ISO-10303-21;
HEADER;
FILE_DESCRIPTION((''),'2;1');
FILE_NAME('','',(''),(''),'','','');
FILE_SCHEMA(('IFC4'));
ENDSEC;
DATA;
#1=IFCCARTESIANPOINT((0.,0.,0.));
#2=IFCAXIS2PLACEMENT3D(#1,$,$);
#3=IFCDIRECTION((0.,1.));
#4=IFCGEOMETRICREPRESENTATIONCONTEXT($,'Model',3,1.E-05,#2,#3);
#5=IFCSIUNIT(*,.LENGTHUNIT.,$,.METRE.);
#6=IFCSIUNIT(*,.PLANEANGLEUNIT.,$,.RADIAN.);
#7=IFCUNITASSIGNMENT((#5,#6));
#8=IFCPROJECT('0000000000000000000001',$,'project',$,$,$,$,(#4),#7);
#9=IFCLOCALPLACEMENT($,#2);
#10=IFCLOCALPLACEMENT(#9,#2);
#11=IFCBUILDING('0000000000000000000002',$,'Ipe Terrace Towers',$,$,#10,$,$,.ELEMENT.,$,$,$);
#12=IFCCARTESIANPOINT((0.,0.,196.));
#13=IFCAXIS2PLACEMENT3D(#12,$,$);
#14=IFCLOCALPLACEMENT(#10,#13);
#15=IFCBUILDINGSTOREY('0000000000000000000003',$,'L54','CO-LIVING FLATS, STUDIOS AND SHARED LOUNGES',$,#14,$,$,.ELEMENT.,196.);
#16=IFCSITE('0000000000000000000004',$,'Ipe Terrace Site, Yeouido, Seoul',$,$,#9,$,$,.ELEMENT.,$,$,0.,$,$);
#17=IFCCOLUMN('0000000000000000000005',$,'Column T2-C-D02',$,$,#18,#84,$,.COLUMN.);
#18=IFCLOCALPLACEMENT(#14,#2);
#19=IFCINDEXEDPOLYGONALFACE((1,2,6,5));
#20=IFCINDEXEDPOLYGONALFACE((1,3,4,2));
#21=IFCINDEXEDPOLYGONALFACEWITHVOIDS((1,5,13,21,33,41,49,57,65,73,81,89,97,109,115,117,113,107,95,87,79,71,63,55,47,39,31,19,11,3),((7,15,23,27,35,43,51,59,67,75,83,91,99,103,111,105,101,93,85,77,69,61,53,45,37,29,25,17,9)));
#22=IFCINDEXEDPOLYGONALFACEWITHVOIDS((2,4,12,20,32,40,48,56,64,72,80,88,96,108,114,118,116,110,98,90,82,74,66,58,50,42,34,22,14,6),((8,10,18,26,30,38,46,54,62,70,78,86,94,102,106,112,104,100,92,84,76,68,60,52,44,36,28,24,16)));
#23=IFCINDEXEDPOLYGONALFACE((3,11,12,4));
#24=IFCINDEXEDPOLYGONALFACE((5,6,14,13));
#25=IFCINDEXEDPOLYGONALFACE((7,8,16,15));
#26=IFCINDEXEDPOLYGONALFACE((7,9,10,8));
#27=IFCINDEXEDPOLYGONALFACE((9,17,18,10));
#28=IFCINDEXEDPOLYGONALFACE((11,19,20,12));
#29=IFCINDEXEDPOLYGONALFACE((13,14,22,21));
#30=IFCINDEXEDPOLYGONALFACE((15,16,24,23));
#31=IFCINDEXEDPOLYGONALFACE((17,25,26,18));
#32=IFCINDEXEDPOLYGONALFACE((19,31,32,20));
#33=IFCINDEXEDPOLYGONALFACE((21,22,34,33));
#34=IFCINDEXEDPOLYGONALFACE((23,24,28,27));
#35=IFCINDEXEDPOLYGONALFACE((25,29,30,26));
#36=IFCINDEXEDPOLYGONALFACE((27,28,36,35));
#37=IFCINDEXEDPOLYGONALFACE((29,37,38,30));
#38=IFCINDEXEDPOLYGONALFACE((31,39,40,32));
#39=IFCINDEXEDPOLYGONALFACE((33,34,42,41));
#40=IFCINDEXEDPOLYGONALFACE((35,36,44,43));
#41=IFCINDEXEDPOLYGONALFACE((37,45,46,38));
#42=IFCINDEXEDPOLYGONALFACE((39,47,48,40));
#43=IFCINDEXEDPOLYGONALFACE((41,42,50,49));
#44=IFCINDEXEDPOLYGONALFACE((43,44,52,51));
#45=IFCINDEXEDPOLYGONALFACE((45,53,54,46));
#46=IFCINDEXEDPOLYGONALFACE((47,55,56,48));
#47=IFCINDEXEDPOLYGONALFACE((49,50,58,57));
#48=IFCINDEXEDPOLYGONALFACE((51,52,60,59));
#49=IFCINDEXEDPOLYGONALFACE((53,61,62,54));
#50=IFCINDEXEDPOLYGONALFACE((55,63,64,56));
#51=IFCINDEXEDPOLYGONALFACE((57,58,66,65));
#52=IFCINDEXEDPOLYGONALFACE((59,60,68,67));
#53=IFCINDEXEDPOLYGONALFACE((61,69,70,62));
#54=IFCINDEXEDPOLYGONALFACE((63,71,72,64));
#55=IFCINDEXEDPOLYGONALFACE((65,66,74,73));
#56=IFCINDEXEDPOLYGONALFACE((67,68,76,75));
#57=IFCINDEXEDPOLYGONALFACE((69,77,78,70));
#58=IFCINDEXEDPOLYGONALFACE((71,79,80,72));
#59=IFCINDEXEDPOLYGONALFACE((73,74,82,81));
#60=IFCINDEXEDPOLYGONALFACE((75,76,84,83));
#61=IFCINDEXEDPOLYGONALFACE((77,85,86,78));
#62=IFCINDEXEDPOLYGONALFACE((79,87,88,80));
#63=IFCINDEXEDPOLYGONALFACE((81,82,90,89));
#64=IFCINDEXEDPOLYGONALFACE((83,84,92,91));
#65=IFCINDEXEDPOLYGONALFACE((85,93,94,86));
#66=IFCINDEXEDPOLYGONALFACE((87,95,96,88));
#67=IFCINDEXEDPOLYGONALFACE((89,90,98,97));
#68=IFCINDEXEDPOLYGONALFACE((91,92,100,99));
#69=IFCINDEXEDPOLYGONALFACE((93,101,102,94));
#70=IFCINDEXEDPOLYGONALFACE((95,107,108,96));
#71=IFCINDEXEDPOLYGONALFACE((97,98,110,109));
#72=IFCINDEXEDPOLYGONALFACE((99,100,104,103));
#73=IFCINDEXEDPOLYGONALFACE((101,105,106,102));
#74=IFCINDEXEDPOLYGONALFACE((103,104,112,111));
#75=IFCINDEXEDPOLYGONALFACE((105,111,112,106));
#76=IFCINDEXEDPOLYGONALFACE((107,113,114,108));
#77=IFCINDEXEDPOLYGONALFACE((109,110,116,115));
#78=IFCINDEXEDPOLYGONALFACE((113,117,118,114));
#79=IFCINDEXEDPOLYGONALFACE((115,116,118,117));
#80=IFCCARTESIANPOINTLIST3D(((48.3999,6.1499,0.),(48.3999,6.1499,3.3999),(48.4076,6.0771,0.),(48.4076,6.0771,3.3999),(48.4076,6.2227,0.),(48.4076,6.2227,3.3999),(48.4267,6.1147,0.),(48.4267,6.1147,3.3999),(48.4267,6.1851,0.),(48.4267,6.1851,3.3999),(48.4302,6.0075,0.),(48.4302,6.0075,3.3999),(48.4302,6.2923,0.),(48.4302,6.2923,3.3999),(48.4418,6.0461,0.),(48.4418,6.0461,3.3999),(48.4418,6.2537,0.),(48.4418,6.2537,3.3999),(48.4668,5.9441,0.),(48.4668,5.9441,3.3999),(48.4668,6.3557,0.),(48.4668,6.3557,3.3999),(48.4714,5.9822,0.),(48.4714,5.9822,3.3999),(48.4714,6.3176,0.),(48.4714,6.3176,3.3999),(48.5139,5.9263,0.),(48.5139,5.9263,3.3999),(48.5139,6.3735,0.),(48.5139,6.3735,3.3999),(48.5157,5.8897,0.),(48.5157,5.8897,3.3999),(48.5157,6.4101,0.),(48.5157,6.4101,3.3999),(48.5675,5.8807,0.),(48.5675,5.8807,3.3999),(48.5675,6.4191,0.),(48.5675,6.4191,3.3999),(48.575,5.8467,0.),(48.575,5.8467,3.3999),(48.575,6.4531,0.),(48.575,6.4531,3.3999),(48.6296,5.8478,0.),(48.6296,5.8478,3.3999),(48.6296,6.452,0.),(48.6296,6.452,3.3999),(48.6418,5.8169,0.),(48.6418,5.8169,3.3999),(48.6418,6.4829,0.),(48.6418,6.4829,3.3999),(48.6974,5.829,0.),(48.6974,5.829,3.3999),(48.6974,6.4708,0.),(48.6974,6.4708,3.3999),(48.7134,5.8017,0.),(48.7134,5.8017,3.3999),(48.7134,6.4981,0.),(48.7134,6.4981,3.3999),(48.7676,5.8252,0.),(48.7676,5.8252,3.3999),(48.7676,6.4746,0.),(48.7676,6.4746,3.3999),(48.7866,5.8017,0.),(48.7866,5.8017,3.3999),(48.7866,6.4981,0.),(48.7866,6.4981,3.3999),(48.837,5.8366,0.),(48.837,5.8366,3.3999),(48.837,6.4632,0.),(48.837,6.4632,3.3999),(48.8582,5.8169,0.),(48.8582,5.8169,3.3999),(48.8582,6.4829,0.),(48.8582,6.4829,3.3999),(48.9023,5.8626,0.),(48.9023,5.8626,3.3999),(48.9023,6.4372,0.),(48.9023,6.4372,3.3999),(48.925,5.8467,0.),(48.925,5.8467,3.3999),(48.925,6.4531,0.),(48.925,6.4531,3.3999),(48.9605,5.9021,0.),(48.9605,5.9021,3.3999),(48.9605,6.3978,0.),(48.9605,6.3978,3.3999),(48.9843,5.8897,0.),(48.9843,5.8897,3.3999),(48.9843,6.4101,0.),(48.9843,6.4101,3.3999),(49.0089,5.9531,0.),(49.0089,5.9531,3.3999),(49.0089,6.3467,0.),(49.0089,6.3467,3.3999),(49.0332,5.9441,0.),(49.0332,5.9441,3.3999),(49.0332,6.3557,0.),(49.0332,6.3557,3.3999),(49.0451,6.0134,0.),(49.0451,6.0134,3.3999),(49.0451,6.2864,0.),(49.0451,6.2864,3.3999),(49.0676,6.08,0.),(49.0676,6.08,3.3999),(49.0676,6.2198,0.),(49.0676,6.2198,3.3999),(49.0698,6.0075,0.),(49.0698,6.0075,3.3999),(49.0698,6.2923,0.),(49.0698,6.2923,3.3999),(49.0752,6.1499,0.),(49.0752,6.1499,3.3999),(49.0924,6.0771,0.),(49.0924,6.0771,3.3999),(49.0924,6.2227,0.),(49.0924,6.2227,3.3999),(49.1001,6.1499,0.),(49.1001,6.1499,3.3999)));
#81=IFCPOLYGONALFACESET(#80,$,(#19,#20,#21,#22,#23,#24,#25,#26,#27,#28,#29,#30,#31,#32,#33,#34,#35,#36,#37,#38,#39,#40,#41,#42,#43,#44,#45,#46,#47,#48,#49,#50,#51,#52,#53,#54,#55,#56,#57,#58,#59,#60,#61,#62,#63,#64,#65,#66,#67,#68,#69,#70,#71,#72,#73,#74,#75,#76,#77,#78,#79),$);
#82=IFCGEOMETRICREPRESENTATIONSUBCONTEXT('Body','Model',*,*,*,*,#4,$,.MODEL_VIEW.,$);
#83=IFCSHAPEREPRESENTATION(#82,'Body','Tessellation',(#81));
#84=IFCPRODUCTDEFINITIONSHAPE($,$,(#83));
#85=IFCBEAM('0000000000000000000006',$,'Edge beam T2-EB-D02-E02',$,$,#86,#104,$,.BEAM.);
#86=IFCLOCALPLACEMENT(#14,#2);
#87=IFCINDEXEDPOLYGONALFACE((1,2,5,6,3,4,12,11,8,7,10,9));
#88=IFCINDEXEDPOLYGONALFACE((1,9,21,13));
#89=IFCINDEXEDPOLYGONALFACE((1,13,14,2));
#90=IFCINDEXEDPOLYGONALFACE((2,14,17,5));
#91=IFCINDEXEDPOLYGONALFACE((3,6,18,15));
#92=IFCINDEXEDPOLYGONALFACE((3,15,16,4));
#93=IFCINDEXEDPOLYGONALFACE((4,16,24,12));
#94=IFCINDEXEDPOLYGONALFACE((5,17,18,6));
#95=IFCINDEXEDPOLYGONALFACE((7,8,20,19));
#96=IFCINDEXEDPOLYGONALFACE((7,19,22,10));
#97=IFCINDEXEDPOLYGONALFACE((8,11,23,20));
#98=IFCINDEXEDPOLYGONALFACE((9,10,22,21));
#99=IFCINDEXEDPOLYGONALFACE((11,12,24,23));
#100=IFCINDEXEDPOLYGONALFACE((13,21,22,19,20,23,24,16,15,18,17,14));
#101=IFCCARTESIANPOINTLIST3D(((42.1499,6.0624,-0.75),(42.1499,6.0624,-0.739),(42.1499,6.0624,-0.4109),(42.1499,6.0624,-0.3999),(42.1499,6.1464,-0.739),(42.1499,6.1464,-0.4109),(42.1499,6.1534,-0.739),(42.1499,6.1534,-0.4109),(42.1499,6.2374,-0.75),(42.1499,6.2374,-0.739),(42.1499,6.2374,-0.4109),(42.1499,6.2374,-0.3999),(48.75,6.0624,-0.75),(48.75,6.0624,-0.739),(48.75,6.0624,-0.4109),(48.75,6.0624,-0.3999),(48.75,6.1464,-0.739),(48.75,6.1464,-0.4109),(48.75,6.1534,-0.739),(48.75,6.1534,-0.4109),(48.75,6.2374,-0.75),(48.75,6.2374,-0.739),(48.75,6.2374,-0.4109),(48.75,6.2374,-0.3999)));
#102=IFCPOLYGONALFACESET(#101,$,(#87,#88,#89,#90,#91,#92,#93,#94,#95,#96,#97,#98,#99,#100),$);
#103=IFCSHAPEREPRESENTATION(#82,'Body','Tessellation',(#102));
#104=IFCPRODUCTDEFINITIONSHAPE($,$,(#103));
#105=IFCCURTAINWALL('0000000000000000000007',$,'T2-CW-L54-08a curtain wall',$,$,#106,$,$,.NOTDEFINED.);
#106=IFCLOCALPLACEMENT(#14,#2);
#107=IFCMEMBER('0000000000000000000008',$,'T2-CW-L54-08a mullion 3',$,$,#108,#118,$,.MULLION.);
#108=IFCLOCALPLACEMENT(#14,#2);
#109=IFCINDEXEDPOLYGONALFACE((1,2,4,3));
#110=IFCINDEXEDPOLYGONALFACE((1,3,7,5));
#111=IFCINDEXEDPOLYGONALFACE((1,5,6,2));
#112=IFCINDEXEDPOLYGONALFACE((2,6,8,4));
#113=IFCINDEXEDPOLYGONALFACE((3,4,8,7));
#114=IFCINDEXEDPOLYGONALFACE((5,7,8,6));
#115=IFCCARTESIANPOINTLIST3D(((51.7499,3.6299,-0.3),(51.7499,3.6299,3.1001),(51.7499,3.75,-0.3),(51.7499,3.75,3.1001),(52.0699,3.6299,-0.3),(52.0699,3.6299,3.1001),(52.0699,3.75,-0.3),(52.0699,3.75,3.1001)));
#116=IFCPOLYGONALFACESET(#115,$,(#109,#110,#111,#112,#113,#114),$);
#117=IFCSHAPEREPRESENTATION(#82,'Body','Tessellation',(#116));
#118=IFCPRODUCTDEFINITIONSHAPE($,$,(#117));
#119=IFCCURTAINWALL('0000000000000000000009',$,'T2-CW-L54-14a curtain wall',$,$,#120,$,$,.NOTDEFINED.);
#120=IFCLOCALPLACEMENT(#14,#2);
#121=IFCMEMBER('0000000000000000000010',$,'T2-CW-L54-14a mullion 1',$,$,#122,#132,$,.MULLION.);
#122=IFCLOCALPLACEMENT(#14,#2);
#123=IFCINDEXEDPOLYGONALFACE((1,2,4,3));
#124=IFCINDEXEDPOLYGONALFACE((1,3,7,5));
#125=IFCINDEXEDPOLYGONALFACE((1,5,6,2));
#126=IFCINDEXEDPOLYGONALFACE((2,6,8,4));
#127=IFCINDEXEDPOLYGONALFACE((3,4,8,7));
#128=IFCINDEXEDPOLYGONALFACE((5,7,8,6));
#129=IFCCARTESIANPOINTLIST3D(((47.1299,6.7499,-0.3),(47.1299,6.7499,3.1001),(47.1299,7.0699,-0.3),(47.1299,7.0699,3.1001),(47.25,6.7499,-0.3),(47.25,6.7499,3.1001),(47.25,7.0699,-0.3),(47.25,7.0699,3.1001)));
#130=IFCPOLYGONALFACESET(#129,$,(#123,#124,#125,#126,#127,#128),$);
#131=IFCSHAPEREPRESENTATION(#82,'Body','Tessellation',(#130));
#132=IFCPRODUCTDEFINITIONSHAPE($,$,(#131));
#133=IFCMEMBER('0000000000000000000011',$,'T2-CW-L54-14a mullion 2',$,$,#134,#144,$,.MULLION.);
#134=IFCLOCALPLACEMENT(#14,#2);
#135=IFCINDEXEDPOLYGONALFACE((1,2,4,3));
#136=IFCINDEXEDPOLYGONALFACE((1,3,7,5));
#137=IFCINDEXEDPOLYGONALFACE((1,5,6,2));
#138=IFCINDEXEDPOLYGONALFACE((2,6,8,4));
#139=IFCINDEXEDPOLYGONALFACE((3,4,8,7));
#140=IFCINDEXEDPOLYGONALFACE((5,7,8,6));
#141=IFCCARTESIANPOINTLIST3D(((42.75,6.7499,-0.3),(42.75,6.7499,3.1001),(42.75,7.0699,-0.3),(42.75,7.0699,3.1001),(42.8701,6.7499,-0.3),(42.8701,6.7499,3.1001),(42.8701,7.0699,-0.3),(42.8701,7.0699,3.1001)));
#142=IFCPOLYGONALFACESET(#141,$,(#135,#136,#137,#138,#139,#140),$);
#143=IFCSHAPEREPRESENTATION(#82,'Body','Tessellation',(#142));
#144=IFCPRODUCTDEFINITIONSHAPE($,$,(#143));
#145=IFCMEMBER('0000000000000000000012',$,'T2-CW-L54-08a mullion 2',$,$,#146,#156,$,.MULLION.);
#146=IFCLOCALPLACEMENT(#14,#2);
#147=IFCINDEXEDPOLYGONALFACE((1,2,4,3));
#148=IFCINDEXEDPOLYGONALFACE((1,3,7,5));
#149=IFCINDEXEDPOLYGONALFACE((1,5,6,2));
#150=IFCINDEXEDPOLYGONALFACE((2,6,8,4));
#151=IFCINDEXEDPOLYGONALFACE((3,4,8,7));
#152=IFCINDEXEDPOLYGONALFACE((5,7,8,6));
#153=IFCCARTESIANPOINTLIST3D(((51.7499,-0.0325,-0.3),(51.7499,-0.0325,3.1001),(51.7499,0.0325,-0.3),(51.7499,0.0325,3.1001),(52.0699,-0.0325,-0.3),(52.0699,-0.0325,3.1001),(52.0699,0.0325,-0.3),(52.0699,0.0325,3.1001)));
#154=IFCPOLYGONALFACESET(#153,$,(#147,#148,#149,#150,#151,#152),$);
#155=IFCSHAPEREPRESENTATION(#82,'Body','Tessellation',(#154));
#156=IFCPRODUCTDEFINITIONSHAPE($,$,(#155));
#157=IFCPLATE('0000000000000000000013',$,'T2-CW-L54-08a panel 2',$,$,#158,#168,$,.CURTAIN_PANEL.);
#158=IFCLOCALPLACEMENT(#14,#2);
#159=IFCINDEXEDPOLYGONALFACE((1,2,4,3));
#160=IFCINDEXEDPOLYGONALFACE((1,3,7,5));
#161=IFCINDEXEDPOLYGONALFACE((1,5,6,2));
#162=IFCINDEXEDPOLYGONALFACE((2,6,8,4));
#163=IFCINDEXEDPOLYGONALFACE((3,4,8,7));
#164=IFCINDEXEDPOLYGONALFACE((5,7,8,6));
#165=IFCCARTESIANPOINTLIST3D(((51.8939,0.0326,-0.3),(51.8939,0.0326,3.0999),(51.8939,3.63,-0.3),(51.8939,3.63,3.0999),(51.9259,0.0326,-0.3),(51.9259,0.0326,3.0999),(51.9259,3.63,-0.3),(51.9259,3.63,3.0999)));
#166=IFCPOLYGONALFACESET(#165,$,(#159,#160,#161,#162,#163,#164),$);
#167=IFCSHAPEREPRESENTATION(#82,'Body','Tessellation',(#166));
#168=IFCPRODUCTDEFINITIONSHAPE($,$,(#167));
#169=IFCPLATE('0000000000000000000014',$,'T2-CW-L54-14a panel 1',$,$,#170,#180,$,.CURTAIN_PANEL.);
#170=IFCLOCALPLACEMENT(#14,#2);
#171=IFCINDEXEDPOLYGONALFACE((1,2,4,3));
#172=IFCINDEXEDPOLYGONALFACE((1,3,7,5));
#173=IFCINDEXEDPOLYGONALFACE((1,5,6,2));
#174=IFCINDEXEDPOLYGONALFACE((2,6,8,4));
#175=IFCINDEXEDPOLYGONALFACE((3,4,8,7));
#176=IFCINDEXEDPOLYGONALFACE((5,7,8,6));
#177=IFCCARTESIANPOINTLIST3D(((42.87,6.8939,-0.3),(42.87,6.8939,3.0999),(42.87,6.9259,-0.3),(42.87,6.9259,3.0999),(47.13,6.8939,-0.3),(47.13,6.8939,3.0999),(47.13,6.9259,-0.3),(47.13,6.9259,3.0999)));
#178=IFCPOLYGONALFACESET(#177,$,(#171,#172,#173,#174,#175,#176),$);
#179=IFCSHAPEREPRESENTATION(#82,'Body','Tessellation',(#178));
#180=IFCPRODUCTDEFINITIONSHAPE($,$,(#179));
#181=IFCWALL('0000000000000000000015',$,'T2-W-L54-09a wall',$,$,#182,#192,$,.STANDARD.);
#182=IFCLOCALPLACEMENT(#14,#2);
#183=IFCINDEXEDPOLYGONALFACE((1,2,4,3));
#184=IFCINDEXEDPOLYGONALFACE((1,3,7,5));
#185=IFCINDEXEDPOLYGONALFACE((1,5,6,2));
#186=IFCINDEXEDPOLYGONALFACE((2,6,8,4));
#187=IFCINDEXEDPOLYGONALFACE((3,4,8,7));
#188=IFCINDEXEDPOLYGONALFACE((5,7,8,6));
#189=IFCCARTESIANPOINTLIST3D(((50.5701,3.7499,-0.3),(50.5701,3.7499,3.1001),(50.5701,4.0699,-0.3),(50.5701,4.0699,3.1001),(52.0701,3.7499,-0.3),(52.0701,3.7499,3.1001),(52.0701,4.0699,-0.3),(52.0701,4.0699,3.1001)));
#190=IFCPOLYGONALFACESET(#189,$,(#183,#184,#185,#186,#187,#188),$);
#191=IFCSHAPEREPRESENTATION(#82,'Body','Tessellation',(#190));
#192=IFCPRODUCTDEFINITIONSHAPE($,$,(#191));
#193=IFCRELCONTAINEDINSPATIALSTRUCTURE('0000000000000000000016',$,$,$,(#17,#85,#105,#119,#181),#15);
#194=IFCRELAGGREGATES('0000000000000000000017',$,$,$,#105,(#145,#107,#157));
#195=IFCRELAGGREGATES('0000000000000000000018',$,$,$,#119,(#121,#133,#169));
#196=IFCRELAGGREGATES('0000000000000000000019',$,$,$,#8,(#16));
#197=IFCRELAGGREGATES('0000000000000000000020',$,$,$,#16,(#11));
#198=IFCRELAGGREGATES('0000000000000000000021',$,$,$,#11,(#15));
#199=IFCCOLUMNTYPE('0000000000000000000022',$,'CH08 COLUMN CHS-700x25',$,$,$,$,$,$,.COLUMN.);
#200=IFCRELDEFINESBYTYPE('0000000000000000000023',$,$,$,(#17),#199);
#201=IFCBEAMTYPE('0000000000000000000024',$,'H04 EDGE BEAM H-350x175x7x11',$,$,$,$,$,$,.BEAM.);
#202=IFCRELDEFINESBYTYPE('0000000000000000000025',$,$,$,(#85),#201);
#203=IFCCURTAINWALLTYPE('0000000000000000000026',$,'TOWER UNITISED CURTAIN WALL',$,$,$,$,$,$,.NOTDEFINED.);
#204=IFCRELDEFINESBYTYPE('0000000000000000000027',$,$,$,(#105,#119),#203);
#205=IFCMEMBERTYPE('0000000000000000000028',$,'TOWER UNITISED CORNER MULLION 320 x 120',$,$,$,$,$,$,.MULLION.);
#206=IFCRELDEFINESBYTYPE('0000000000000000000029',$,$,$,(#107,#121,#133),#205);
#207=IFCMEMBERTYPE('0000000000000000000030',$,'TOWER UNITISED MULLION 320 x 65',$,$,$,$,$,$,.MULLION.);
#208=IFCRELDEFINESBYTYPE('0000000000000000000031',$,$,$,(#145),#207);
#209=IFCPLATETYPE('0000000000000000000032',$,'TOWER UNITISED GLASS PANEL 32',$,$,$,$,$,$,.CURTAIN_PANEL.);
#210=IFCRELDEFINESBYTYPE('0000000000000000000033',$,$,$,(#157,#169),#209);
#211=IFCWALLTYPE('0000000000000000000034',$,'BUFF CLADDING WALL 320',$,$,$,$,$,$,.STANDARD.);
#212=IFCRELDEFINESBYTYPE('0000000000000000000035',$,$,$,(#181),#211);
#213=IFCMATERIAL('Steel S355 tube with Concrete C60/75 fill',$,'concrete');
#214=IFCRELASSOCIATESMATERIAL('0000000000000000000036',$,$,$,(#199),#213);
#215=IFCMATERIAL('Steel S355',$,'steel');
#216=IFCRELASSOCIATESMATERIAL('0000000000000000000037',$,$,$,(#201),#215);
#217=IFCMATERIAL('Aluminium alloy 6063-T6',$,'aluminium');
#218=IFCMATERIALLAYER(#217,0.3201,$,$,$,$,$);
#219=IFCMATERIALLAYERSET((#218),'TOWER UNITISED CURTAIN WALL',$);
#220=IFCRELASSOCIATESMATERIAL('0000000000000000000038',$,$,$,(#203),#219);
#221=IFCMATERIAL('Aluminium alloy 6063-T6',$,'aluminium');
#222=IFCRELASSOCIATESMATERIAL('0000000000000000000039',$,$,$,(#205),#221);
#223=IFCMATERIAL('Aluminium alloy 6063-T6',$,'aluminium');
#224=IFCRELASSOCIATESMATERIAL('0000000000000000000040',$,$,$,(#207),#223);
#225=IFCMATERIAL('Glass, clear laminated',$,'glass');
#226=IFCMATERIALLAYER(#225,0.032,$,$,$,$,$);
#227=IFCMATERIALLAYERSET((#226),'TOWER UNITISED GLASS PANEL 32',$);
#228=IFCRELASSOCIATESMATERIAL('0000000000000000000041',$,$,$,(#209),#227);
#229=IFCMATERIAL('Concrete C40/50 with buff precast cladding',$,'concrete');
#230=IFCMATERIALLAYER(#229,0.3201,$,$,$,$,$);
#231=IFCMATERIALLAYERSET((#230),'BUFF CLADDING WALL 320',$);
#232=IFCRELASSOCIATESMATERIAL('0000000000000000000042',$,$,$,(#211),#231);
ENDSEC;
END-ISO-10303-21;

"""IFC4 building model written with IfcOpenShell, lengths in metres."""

from ifc_helpers import new_model, si_unit, direction, frame, frame_2d, origin, origin_2d, place, context, subcontext, project, spatial, rectangle, hollow_circle, i_section, extrude, material, layer, layer_set, material_profile, profile_set, type_object, element, aggregate, save


model = new_model("IFC4")

# Units and contexts
model_context = context("Model", 3, precision=1e-05, world=origin(), true_north=direction((0.0, 1.0)))
body_context = subcontext(model_context, "Body", "Model", "MODEL_VIEW")
ifc_project = project(units=[si_unit("LENGTHUNIT", "METRE"), si_unit("PLANEANGLEUNIT", "RADIAN")], contexts=[model_context])

# Site, building, storey
site_placement = place(None, origin())
site = spatial("IfcSite", under=ifc_project, at=site_placement, Name="Ipe Terrace Site, Yeouido, Seoul", CompositionType="ELEMENT", RefElevation=0.0)
building_placement = place(site_placement, origin())
building = spatial("IfcBuilding", under=site, at=building_placement, Name="Ipe Terrace Towers", CompositionType="ELEMENT")
storey_placement = place(building_placement, frame((0.0, 0.0, 196.0)))
storey = spatial("IfcBuildingStorey", under=building, at=storey_placement, Name="L54", Description="CO-LIVING FLATS, STUDIOS AND SHARED LOUNGES", CompositionType="ELEMENT", Elevation=196.0)

# Column
ifc_material_1 = material(Name="Steel S355 tube with Concrete C60/75 fill", Category="concrete")
ifc_material_profile_1 = material_profile(ifc_material_1, hollow_circle(Radius=0.3501, WallThickness=0.0249, at=origin_2d()), Name="CHS-700x25")
ifc_profile_set_1 = profile_set([ifc_material_profile_1], Name="Steel S355 tube with Concrete C60/75 fill")
column_type = type_object("IfcColumnType", Name="CH08 COLUMN CHS-700x25", PredefinedType="COLUMN", material=ifc_profile_set_1)
column_placement = place(storey_placement, frame((48.75, 6.1499, 0.0), z_axis=(0.0, 0.0, 1.0), x_axis=(1.0, 0.0, 0.0)))
element("IfcColumn", 1, at=column_placement, inside=storey, type_object=column_type, Name="Column T2-C-D02", PredefinedType="COLUMN", context=body_context, shape_type="SweptSolid", body=[
    extrude(hollow_circle(Radius=0.3501, WallThickness=0.0249, at=origin_2d()), origin(), (0.0, 0.0, 1.0), 3.3999),
])

# Beam
ifc_material_2 = material(Name="Steel S355", Category="steel")
ifc_material_profile_2 = material_profile(ifc_material_2, i_section(OverallWidth=0.175, OverallDepth=0.3501, WebThickness=0.0071, FlangeThickness=0.011, at=origin_2d()), Name="H-350x175x7x11")
ifc_profile_set_2 = profile_set([ifc_material_profile_2], Name="Steel S355")
beam_type = type_object("IfcBeamType", Name="H04 EDGE BEAM H-350x175x7x11", PredefinedType="BEAM", material=ifc_profile_set_2)
beam_placement = place(storey_placement, frame((48.75, 6.1499, -0.575), z_axis=(-1.0, 0.0, 0.0), x_axis=(0.0, -1.0, 0.0)))
element("IfcBeam", 2, at=beam_placement, inside=storey, type_object=beam_type, Name="Edge beam T2-EB-D02-E02", PredefinedType="BEAM", context=body_context, shape_type="SweptSolid", body=[
    extrude(i_section(OverallWidth=0.175, OverallDepth=0.3501, WebThickness=0.0071, FlangeThickness=0.011, at=origin_2d()), origin(), (0.0, 0.0, 1.0), 6.6001),
])

# Curtain wall, member
ifc_material_3 = material(Name="Aluminium alloy 6063-T6", Category="aluminium")
ifc_layer_1 = layer(ifc_material_3, 0.3201)
ifc_layer_set_1 = layer_set([ifc_layer_1], Name="TOWER UNITISED CURTAIN WALL")
curtain_wall_type = type_object("IfcCurtainWallType", Name="TOWER UNITISED CURTAIN WALL", PredefinedType="NOTDEFINED", material=ifc_layer_set_1)
curtain_wall_1_placement = place(storey_placement, origin())
curtain_wall_1 = element("IfcCurtainWall", 3, at=curtain_wall_1_placement, inside=storey, type_object=curtain_wall_type, Name="T2-CW-L54-08a curtain wall", PredefinedType="NOTDEFINED")
ifc_material_4 = material(Name="Aluminium alloy 6063-T6", Category="aluminium")
ifc_material_profile_3 = material_profile(ifc_material_4, rectangle(XDim=0.3201, YDim=0.1201, at=origin_2d()), Name="TOWER UNITISED CORNER MULLION 320 x 120")
ifc_profile_set_3 = profile_set([ifc_material_profile_3], Name="Aluminium alloy 6063-T6")
member_type_1 = type_object("IfcMemberType", Name="TOWER UNITISED CORNER MULLION 320 x 120", PredefinedType="MULLION", material=ifc_profile_set_3)
member_1_placement = place(storey_placement, frame((51.9099, 3.6899, -0.3), z_axis=(0.0, 0.0, 1.0), x_axis=(1.0, 0.0, 0.0)))
member_1 = element("IfcMember", 4, at=member_1_placement, type_object=member_type_1, Name="T2-CW-L54-08a mullion 3", PredefinedType="MULLION", context=body_context, shape_type="SweptSolid", body=[
    extrude(rectangle(XDim=0.3201, YDim=0.1201, at=origin_2d()), origin(), (0.0, 0.0, 1.0), 3.4001),
])

# Curtain wall, members
curtain_wall_2_placement = place(storey_placement, origin())
curtain_wall_2 = element("IfcCurtainWall", 5, at=curtain_wall_2_placement, inside=storey, type_object=curtain_wall_type, Name="T2-CW-L54-14a curtain wall", PredefinedType="NOTDEFINED")
member_2_placement = place(storey_placement, frame((47.1899, 6.9099, -0.3), z_axis=(0.0, 0.0, 1.0), x_axis=(0.0, 1.0, 0.0)))
member_2 = element("IfcMember", 6, at=member_2_placement, type_object=member_type_1, Name="T2-CW-L54-14a mullion 1", PredefinedType="MULLION", context=body_context, shape_type="SweptSolid", body=[
    extrude(rectangle(XDim=0.3201, YDim=0.1201, at=origin_2d()), origin(), (0.0, 0.0, 1.0), 3.4001),
])
member_3_placement = place(storey_placement, frame((42.8101, 6.9099, -0.3), z_axis=(0.0, 0.0, 1.0), x_axis=(0.0, 1.0, 0.0)))
member_3 = element("IfcMember", 7, at=member_3_placement, type_object=member_type_1, Name="T2-CW-L54-14a mullion 2", PredefinedType="MULLION", context=body_context, shape_type="SweptSolid", body=[
    extrude(rectangle(XDim=0.3201, YDim=0.1201, at=origin_2d()), origin(), (0.0, 0.0, 1.0), 3.4001),
])

# Member
ifc_material_5 = material(Name="Aluminium alloy 6063-T6", Category="aluminium")
ifc_material_profile_4 = material_profile(ifc_material_5, rectangle(XDim=0.3201, YDim=0.0649, at=origin_2d()), Name="TOWER UNITISED MULLION 320 x 65")
ifc_profile_set_4 = profile_set([ifc_material_profile_4], Name="Aluminium alloy 6063-T6")
member_type_2 = type_object("IfcMemberType", Name="TOWER UNITISED MULLION 320 x 65", PredefinedType="MULLION", material=ifc_profile_set_4)
member_4_placement = place(storey_placement, frame((51.9099, 0.0, -0.3), z_axis=(0.0, 0.0, 1.0), x_axis=(1.0, 0.0, 0.0)))
member_4 = element("IfcMember", 8, at=member_4_placement, type_object=member_type_2, Name="T2-CW-L54-08a mullion 2", PredefinedType="MULLION", context=body_context, shape_type="SweptSolid", body=[
    extrude(rectangle(XDim=0.3201, YDim=0.0649, at=origin_2d()), origin(), (0.0, 0.0, 1.0), 3.4001),
])

# Plates
ifc_material_6 = material(Name="Glass, clear laminated", Category="glass")
ifc_layer_2 = layer(ifc_material_6, 0.032)
ifc_layer_set_2 = layer_set([ifc_layer_2], Name="TOWER UNITISED GLASS PANEL 32")
plate_type = type_object("IfcPlateType", Name="TOWER UNITISED GLASS PANEL 32", PredefinedType="CURTAIN_PANEL", material=ifc_layer_set_2)
plate_1_placement = place(storey_placement, frame((51.9099, 1.8313, -0.3), z_axis=(0.0, 0.0, 1.0), x_axis=(0.0, 1.0, 0.0)))
plate_1 = element("IfcPlate", 9, at=plate_1_placement, type_object=plate_type, Name="T2-CW-L54-08a panel 2", PredefinedType="CURTAIN_PANEL", context=body_context, shape_type="SweptSolid", body=[
    extrude(rectangle(XDim=3.5974, YDim=0.032, at=origin_2d()), origin(), (0.0, 0.0, 1.0), 3.3999),
])
aggregate(curtain_wall_1, [member_4, member_1, plate_1])
plate_2_placement = place(storey_placement, frame((45.0, 6.9099, -0.3), z_axis=(0.0, 0.0, 1.0), x_axis=(-1.0, 0.0, 0.0)))
plate_2 = element("IfcPlate", 10, at=plate_2_placement, type_object=plate_type, Name="T2-CW-L54-14a panel 1", PredefinedType="CURTAIN_PANEL", context=body_context, shape_type="SweptSolid", body=[
    extrude(rectangle(XDim=4.26, YDim=0.032, at=origin_2d()), origin(), (0.0, 0.0, 1.0), 3.3999),
])
aggregate(curtain_wall_2, [member_2, member_3, plate_2])

# Wall
ifc_material_7 = material(Name="Concrete C40/50 with buff precast cladding", Category="concrete")
ifc_layer_3 = layer(ifc_material_7, 0.3201)
ifc_layer_set_3 = layer_set([ifc_layer_3], Name="BUFF CLADDING WALL 320")
wall_type_1 = type_object("IfcWallType", Name="BUFF CLADDING WALL 320", PredefinedType="STANDARD", material=ifc_layer_set_3)
wall_1_placement = place(storey_placement, frame((52.0701, 3.9099, -0.3), z_axis=(0.0, 0.0, 1.0), x_axis=(-1.0, 0.0, 0.0)))
element("IfcWall", 11, at=wall_1_placement, inside=storey, type_object=wall_type_1, Name="T2-W-L54-09a wall", PredefinedType="STANDARD", context=body_context, shape_type="SweptSolid", body=[
    extrude(rectangle(XDim=1.5, YDim=0.3201, at=frame_2d((0.75, 0.0))), origin(), (0.0, 0.0, 1.0), 3.4001),
])

save(model, "model.ifc")
